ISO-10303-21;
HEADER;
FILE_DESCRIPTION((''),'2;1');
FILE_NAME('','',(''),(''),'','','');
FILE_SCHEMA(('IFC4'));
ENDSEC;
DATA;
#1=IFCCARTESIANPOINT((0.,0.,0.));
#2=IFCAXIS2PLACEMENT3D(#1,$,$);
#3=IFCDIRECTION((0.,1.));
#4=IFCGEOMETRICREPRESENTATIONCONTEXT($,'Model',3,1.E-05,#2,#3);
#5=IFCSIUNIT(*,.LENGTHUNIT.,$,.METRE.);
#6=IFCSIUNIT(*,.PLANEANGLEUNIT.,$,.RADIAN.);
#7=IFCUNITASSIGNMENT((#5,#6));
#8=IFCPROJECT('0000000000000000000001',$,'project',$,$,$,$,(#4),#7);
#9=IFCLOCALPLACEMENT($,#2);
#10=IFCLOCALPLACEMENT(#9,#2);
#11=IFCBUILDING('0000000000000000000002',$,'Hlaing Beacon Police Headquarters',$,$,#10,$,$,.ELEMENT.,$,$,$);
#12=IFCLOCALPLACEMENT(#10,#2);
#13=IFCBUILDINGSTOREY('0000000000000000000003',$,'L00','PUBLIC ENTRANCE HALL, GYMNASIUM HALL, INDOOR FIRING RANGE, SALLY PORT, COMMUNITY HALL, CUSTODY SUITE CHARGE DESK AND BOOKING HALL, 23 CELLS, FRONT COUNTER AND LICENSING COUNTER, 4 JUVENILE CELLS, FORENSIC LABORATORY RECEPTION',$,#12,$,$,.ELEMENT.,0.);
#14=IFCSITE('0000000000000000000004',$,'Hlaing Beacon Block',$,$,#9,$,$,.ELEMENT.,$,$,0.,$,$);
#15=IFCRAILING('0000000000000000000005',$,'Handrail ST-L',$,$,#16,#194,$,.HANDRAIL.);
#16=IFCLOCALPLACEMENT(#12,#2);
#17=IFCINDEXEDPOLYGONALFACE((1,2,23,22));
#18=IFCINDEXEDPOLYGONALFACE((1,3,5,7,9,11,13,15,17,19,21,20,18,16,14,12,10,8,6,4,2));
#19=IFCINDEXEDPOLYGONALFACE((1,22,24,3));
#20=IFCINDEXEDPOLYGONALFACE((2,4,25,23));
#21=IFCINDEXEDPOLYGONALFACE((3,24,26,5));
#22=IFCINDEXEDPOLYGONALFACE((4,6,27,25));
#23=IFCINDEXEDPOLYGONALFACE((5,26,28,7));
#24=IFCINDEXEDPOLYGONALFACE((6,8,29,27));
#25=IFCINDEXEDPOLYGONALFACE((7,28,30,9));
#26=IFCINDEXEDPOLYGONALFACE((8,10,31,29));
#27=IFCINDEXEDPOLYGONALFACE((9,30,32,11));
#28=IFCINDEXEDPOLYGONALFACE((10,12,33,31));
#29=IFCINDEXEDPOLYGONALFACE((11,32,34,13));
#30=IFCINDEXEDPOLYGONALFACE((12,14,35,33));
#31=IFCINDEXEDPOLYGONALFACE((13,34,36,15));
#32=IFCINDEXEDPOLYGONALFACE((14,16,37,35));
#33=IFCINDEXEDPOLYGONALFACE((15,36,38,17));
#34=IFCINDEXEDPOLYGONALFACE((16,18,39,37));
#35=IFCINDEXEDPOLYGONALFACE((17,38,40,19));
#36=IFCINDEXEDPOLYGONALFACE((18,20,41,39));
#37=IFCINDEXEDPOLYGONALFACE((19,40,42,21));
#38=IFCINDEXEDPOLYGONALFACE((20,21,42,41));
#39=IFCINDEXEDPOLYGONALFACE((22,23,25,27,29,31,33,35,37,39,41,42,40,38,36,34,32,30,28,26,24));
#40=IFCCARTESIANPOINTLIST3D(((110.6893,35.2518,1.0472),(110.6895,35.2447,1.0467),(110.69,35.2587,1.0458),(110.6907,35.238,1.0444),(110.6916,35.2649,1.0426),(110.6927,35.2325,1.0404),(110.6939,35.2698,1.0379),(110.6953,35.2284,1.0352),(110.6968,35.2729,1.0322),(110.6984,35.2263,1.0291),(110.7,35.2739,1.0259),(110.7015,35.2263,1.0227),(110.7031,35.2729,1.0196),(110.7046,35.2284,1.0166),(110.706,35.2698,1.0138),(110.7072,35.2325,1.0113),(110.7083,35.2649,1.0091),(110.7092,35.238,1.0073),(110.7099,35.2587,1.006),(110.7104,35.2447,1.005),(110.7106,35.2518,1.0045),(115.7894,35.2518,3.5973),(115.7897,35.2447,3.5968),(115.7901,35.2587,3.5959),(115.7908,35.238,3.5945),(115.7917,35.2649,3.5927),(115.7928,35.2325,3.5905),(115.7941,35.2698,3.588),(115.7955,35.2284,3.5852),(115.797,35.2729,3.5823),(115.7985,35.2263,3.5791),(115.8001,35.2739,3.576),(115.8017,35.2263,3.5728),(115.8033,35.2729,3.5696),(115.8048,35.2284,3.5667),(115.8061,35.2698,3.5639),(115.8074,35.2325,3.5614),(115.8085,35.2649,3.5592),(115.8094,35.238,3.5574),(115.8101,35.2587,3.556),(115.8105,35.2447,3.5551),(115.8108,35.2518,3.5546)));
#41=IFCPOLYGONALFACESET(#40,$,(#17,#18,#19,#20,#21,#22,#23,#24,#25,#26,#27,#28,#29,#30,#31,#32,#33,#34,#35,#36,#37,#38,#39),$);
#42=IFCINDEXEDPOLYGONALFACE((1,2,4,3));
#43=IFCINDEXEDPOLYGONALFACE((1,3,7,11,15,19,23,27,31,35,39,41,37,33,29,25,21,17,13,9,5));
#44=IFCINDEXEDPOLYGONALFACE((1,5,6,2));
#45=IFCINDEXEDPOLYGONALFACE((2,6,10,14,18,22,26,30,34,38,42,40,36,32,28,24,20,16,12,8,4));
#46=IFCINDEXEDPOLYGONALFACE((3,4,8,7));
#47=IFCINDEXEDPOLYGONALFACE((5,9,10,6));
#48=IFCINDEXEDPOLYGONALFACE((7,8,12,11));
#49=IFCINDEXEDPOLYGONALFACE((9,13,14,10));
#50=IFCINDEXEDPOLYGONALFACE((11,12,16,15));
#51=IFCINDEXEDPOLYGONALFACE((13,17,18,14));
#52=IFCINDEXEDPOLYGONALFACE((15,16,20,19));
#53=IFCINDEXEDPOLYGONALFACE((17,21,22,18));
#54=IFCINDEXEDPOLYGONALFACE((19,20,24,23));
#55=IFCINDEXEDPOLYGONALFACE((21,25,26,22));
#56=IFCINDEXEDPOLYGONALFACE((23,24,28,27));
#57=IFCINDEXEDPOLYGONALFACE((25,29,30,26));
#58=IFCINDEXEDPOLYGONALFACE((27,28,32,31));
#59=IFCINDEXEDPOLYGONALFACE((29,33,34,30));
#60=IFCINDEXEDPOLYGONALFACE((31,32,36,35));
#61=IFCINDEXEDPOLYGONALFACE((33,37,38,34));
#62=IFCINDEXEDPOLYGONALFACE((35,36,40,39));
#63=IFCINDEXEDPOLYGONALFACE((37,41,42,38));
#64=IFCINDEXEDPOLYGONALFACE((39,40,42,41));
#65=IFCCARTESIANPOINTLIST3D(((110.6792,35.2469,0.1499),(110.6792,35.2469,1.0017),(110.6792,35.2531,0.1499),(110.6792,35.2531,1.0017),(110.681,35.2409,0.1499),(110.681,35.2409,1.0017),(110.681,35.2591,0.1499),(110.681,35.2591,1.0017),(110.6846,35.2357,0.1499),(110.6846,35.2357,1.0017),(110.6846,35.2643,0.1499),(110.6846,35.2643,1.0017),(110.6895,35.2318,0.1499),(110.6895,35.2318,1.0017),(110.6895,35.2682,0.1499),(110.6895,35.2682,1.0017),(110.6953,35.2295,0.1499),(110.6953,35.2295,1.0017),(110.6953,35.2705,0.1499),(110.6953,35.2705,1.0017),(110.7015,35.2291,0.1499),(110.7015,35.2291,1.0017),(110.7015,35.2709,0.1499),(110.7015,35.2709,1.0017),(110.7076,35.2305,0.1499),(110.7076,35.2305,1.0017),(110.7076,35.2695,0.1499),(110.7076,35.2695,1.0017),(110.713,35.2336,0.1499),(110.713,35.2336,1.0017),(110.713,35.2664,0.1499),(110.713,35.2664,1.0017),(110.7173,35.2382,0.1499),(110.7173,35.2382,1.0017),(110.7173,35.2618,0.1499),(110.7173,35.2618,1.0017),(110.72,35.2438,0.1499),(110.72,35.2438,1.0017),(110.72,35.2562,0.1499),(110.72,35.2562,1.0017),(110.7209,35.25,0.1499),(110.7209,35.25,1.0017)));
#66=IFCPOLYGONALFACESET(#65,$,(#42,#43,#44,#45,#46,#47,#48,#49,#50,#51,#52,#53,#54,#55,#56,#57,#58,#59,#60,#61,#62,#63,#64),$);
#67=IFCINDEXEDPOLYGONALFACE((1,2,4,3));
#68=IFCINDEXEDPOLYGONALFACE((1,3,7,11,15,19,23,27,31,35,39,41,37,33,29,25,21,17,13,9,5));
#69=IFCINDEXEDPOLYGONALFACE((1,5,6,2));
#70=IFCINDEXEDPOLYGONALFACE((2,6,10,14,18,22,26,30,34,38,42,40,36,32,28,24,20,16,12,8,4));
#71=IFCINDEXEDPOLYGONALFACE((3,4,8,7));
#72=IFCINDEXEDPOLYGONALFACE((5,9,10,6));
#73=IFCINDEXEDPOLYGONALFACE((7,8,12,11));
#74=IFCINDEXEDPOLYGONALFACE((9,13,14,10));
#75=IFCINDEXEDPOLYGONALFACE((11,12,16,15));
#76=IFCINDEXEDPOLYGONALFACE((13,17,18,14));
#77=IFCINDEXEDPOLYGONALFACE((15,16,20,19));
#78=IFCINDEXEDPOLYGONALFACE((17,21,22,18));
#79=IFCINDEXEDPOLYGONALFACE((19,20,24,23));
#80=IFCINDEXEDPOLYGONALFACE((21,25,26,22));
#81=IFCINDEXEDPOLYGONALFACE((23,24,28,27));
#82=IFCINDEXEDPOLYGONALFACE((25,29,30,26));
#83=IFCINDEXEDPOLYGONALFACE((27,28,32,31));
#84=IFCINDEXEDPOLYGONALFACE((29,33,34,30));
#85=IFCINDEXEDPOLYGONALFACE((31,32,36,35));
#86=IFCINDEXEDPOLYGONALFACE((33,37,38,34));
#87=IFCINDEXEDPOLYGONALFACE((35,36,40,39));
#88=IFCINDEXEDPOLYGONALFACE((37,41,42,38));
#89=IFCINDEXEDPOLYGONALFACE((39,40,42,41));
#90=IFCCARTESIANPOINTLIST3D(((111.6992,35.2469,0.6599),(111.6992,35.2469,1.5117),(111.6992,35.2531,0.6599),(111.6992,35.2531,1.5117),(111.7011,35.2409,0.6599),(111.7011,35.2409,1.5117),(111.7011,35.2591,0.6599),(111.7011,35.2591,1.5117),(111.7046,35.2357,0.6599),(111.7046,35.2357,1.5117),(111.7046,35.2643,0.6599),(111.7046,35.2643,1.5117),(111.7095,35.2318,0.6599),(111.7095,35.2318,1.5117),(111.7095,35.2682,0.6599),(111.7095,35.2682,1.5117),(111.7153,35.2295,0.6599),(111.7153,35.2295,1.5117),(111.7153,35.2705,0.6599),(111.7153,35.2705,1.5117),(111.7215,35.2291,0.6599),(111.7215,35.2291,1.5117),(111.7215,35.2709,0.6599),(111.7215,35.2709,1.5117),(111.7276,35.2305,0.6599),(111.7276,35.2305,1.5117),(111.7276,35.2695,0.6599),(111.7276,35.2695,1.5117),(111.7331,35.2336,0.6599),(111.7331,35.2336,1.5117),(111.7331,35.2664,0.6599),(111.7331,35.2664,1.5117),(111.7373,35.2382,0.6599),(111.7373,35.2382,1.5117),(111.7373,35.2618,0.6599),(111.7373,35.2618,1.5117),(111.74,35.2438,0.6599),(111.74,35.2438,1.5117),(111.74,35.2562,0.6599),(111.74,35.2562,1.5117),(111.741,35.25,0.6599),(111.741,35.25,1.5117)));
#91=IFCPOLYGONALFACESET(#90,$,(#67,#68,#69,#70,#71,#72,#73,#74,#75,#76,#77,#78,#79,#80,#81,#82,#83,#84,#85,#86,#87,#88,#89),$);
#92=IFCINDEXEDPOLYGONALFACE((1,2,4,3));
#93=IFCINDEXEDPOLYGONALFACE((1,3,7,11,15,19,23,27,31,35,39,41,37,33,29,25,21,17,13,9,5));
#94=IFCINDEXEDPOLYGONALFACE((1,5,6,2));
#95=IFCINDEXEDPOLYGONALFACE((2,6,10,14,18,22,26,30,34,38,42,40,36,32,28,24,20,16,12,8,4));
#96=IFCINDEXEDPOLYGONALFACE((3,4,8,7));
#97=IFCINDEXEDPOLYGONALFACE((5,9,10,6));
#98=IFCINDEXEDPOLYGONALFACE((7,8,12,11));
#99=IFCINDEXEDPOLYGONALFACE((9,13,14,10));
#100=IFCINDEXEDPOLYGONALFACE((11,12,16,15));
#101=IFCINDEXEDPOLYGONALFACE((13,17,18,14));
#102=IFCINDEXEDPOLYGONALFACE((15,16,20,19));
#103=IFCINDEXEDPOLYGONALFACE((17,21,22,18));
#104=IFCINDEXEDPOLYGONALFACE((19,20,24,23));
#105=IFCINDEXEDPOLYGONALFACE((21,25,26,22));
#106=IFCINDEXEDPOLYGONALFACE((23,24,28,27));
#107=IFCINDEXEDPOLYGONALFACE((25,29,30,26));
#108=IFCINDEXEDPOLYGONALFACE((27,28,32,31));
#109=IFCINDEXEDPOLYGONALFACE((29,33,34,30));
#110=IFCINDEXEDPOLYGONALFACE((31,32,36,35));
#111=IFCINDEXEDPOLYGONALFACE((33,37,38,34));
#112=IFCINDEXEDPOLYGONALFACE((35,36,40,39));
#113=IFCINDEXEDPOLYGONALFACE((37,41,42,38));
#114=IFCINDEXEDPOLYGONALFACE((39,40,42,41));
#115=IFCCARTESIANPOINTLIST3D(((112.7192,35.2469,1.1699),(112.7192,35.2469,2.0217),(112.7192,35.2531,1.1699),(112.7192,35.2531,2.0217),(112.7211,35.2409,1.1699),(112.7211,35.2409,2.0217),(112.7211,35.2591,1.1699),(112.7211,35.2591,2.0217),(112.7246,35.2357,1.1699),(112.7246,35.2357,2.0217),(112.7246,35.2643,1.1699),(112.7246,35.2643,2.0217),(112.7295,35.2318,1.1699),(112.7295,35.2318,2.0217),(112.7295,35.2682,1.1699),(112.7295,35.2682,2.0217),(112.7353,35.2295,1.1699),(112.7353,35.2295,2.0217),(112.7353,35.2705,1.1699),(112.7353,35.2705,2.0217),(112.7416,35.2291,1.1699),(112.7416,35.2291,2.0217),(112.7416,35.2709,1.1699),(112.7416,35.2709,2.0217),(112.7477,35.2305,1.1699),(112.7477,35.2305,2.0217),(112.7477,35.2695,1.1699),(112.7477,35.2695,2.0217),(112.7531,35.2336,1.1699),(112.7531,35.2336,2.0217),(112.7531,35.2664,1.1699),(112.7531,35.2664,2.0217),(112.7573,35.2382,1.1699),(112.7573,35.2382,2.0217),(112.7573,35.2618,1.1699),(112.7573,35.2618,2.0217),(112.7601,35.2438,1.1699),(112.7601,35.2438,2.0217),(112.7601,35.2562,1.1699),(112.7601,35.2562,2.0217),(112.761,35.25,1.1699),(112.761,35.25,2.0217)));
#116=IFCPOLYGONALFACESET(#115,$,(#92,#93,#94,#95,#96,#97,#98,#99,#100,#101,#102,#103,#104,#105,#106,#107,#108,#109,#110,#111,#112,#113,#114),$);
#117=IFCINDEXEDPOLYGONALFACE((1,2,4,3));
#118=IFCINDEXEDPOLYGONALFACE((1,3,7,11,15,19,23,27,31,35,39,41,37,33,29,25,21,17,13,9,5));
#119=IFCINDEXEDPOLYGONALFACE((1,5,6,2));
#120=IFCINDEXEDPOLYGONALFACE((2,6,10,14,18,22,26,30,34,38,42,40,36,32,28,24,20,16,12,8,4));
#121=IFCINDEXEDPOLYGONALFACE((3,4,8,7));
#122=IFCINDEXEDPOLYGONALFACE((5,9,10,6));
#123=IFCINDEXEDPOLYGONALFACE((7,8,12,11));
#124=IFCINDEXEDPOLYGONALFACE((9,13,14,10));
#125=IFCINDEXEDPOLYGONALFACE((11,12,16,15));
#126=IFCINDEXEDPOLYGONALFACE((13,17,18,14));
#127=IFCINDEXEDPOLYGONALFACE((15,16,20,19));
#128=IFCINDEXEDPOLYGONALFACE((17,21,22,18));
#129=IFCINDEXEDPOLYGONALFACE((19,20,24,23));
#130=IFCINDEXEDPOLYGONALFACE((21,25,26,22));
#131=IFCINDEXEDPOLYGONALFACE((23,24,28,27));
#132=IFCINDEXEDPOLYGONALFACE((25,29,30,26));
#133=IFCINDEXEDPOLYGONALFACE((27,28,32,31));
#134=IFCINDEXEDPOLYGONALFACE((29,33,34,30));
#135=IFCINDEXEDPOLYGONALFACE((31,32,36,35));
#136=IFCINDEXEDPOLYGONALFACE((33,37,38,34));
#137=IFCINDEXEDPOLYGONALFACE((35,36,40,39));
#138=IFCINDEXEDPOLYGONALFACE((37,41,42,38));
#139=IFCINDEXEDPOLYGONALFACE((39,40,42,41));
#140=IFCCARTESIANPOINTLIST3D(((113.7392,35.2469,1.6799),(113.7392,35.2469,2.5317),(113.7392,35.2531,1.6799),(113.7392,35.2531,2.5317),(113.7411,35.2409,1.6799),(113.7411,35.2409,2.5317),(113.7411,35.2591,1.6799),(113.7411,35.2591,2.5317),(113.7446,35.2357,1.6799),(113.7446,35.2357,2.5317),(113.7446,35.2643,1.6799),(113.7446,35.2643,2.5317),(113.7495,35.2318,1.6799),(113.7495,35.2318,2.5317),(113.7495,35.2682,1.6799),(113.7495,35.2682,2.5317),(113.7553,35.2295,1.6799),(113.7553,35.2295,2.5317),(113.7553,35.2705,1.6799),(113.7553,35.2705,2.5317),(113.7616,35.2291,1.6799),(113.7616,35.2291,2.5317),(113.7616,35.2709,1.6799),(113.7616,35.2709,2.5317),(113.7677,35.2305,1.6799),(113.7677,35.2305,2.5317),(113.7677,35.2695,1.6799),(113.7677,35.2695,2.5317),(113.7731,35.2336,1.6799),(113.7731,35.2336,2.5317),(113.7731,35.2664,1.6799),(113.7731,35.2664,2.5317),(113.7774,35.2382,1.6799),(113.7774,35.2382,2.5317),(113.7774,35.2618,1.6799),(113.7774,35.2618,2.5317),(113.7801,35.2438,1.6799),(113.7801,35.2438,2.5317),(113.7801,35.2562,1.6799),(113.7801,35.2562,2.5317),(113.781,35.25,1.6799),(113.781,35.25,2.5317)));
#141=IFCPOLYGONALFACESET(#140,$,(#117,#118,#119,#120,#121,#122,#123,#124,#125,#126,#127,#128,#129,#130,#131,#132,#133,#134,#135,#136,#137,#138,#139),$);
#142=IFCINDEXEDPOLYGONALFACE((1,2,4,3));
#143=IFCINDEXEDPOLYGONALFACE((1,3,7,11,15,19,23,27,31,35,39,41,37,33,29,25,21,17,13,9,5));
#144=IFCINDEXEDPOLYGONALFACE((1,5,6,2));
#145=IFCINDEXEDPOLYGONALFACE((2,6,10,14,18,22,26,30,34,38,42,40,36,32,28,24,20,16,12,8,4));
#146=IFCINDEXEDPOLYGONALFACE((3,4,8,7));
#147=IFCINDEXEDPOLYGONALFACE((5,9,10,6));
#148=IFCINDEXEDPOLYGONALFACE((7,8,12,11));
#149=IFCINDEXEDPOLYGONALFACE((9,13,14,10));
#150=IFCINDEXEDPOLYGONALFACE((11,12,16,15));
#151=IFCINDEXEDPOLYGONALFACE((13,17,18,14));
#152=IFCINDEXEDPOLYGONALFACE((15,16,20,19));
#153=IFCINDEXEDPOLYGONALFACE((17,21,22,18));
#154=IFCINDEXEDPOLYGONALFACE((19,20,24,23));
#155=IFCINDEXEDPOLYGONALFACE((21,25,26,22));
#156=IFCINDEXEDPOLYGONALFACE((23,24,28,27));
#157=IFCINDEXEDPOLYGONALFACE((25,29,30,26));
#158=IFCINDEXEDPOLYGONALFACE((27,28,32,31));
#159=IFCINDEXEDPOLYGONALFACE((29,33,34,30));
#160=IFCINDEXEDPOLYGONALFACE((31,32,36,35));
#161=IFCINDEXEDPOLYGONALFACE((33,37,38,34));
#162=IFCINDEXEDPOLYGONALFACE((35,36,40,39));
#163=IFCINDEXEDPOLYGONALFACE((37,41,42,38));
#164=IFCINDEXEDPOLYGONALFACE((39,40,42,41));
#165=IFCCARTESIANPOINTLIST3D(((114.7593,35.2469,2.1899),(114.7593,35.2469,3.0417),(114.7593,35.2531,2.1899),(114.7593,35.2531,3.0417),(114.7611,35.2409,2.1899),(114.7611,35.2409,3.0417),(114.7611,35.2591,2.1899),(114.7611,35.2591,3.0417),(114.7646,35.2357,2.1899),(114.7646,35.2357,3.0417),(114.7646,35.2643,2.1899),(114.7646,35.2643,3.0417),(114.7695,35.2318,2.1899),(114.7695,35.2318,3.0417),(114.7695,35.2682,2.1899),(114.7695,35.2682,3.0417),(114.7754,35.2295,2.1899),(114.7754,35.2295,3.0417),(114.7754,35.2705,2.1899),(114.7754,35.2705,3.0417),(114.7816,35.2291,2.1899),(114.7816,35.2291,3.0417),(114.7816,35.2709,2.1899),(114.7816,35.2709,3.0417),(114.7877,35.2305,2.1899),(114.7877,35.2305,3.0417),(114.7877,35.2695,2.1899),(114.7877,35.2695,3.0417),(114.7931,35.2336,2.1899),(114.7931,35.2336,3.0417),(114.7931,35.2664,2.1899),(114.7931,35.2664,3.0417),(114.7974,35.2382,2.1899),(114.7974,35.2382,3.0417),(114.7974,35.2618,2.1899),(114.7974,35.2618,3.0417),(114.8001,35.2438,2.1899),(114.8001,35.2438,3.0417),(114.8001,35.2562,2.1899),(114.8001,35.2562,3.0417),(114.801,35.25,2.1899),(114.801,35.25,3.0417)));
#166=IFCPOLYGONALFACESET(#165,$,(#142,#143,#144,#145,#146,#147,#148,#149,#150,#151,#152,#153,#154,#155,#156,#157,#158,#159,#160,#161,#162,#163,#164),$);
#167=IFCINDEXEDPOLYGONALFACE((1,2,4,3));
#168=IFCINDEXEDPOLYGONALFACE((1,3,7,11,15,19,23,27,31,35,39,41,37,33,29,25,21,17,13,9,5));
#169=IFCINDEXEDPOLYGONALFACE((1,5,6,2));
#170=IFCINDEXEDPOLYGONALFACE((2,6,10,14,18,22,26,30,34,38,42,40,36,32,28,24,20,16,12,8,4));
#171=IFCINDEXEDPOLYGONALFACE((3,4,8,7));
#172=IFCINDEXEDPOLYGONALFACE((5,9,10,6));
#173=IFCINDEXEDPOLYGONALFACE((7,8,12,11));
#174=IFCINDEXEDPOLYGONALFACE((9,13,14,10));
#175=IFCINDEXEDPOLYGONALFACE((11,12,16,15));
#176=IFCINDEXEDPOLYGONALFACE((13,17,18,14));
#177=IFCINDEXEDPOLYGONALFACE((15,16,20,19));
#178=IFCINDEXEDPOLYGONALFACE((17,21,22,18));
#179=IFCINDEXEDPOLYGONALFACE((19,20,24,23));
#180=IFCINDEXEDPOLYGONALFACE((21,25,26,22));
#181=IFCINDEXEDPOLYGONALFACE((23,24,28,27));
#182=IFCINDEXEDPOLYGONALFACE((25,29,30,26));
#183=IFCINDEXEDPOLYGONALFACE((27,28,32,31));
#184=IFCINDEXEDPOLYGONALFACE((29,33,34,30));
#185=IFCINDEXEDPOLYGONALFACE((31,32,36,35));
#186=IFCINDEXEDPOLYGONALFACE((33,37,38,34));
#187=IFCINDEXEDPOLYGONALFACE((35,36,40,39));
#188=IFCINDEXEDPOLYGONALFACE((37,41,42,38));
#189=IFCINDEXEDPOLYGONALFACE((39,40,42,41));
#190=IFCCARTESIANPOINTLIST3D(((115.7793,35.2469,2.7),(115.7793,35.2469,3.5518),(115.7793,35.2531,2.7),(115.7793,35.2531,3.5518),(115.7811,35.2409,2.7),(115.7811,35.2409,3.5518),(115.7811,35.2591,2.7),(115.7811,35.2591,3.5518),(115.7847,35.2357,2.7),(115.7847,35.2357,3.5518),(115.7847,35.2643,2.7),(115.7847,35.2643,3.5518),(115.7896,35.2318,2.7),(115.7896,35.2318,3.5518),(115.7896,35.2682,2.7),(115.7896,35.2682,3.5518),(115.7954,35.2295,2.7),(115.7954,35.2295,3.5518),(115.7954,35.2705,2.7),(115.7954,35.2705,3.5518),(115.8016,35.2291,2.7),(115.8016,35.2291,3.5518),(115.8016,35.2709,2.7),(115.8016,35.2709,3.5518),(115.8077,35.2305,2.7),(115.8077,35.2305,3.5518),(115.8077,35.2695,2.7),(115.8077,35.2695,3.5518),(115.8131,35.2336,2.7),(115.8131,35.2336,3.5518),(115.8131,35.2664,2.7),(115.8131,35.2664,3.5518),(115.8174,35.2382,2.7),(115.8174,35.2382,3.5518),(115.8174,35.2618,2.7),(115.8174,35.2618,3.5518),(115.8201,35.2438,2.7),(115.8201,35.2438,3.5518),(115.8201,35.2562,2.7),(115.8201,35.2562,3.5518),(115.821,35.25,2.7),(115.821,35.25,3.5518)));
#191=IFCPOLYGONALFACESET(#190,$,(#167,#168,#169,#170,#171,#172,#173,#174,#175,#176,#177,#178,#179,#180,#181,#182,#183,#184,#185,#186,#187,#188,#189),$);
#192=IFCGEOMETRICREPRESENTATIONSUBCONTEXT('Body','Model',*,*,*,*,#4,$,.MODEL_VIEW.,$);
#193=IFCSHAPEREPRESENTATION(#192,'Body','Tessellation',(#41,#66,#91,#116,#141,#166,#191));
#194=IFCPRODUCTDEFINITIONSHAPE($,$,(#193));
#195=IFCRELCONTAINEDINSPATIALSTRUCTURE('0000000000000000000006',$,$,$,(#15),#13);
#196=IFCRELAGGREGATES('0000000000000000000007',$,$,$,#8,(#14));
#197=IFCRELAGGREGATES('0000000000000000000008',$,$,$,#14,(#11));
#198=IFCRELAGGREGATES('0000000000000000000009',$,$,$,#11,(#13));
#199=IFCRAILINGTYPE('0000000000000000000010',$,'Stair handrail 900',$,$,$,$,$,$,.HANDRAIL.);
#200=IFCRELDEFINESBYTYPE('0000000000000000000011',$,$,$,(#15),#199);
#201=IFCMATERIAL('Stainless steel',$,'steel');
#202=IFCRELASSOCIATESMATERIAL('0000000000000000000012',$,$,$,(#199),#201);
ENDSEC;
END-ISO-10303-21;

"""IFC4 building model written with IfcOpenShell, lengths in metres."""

from ifc_helpers import new_model, si_unit, direction, frame, origin, origin_2d, place, context, subcontext, project, spatial, circle, extrude, material, type_object, element, save


model = new_model("IFC4")

# Units and contexts
model_context = context("Model", 3, precision=1e-05, world=origin(), true_north=direction((0.0, 1.0)))
body_context = subcontext(model_context, "Body", "Model", "MODEL_VIEW")
ifc_project = project(units=[si_unit("LENGTHUNIT", "METRE"), si_unit("PLANEANGLEUNIT", "RADIAN")], contexts=[model_context])

# Site, building, storey
site_placement = place(None, origin())
site = spatial("IfcSite", under=ifc_project, at=site_placement, Name="Hlaing Beacon Block", CompositionType="ELEMENT", RefElevation=0.0)
building_placement = place(site_placement, origin())
building = spatial("IfcBuilding", under=site, at=building_placement, Name="Hlaing Beacon Police Headquarters", CompositionType="ELEMENT")
storey_placement = place(building_placement, origin())
storey = spatial("IfcBuildingStorey", under=building, at=storey_placement, Name="L00", Description="PUBLIC ENTRANCE HALL, GYMNASIUM HALL, INDOOR FIRING RANGE, SALLY PORT, COMMUNITY HALL, CUSTODY SUITE CHARGE DESK AND BOOKING HALL, 23 CELLS, FRONT COUNTER AND LICENSING COUNTER, 4 JUVENILE CELLS, FORENSIC LABORATORY RECEPTION", CompositionType="ELEMENT", Elevation=0.0)

# Railing
ifc_material_1 = material(Name="Stainless steel", Category="steel")
railing_type_1 = type_object("IfcRailingType", Name="Stair handrail 900", PredefinedType="HANDRAIL", material=ifc_material_1)
for number, where, name in (
    (1, (110.7, 35.25, 0.1499), "Handrail ST-L"),
):
    element("IfcRailing", number, at=place(storey_placement, frame(where)), inside=storey, type_object=railing_type_1, Name=name, PredefinedType="HANDRAIL", context=body_context, shape_type="SweptSolid", body=[
        extrude(circle(Radius=0.0239, at=origin_2d()), frame((0.0, 0.0, 0.876), z_axis=(0.894427, 0.0, 0.447214), x_axis=(0.0, 1.0, 0.0)), (0.0, 0.0, 1.0), 5.7021),
        extrude(circle(Radius=0.021, at=origin_2d()), origin(), (0.0, 0.0, 1.0), 0.8518),
        extrude(circle(Radius=0.021, at=origin_2d()), frame((1.02, 0.0, 0.51)), (0.0, 0.0, 1.0), 0.8518),
        extrude(circle(Radius=0.021, at=origin_2d()), frame((2.04, 0.0, 1.02)), (0.0, 0.0, 1.0), 0.8518),
        extrude(circle(Radius=0.021, at=origin_2d()), frame((3.0601, 0.0, 1.53)), (0.0, 0.0, 1.0), 0.8518),
        extrude(circle(Radius=0.021, at=origin_2d()), frame((4.0801, 0.0, 2.04)), (0.0, 0.0, 1.0), 0.8518),
        extrude(circle(Radius=0.021, at=origin_2d()), frame((5.1001, 0.0, 2.55)), (0.0, 0.0, 1.0), 0.8518),
    ])

save(model, "model.ifc")
